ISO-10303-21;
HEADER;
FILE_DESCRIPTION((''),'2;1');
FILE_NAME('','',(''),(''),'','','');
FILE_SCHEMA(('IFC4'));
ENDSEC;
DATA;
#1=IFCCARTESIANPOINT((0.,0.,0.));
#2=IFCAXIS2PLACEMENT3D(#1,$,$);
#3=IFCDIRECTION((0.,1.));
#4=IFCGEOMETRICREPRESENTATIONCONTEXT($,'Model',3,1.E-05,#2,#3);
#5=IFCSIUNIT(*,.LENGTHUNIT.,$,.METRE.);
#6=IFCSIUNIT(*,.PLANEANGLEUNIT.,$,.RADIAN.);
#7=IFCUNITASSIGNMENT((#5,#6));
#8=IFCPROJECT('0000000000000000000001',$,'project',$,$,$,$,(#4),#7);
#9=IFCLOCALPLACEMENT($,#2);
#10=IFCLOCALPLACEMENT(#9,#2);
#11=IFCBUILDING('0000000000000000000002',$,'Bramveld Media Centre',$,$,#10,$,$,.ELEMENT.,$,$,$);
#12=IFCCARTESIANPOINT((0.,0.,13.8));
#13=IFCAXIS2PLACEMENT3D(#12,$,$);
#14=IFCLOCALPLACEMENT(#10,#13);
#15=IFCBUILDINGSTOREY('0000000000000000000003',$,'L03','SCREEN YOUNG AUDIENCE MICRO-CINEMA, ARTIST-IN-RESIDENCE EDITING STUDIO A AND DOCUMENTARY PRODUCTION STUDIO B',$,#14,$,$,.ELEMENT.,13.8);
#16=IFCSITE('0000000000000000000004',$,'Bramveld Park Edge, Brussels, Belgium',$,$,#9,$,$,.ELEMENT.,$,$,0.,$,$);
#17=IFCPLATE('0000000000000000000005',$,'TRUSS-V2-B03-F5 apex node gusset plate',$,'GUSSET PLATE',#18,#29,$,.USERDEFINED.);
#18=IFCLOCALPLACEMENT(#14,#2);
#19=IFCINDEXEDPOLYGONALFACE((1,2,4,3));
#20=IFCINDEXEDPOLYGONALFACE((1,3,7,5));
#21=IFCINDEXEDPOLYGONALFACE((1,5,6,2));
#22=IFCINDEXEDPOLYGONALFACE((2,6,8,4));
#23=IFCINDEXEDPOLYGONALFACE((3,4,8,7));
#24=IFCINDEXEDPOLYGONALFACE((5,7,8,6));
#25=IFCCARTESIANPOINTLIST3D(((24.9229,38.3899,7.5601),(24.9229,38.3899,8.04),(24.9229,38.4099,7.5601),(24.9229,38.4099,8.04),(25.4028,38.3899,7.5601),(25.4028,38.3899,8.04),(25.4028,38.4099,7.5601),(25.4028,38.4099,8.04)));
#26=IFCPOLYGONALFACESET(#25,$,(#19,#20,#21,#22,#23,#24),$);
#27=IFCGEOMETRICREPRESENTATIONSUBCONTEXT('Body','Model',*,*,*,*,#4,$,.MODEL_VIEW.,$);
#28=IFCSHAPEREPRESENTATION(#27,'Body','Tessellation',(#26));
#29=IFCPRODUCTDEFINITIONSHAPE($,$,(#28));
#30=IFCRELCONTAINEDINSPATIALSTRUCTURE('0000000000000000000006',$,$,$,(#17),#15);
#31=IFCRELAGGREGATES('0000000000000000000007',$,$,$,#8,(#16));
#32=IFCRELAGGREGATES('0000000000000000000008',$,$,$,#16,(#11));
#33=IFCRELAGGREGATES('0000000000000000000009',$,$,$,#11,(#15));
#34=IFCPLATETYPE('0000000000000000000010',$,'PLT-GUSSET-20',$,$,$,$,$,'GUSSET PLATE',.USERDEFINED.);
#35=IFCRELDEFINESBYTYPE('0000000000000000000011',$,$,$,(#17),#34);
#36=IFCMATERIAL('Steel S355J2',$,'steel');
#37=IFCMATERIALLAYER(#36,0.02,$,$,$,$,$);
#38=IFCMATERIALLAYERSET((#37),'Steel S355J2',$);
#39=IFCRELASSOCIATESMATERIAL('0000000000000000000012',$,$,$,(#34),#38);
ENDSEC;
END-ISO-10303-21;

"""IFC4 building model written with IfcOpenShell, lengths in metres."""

from ifc_helpers import new_model, si_unit, direction, frame, origin, origin_2d, place, context, subcontext, project, spatial, rectangle, extrude, material, layer, layer_set, type_object, element, save


model = new_model("IFC4")

# Units and contexts
model_context = context("Model", 3, precision=1e-05, world=origin(), true_north=direction((0.0, 1.0)))
body_context = subcontext(model_context, "Body", "Model", "MODEL_VIEW")
ifc_project = project(units=[si_unit("LENGTHUNIT", "METRE"), si_unit("PLANEANGLEUNIT", "RADIAN")], contexts=[model_context])

# Site, building, storey
site_placement = place(None, origin())
site = spatial("IfcSite", under=ifc_project, at=site_placement, Name="Bramveld Park Edge, Brussels, Belgium", CompositionType="ELEMENT", RefElevation=0.0)
building_placement = place(site_placement, origin())
building = spatial("IfcBuilding", under=site, at=building_placement, Name="Bramveld Media Centre", CompositionType="ELEMENT")
storey_placement = place(building_placement, frame((0.0, 0.0, 13.8)))
storey = spatial("IfcBuildingStorey", under=building, at=storey_placement, Name="L03", Description="SCREEN YOUNG AUDIENCE MICRO-CINEMA, ARTIST-IN-RESIDENCE EDITING STUDIO A AND DOCUMENTARY PRODUCTION STUDIO B", CompositionType="ELEMENT", Elevation=13.8)

# Plate
ifc_material_1 = material(Name="Steel S355J2", Category="steel")
ifc_layer_1 = layer(ifc_material_1, 0.02)
ifc_layer_set_1 = layer_set([ifc_layer_1], Name="Steel S355J2")
plate_type_1 = type_object("IfcPlateType", Name="PLT-GUSSET-20", ElementType="GUSSET PLATE", PredefinedType="USERDEFINED", material=ifc_layer_set_1)
plate_1_placement = place(storey_placement, frame((25.1628, 38.3999, 7.5601), z_axis=(0.0, 0.0, 1.0), x_axis=(1.0, 0.0, 0.0)))
element("IfcPlate", 1, at=plate_1_placement, inside=storey, type_object=plate_type_1, Name="TRUSS-V2-B03-F5 apex node gusset plate", ObjectType="GUSSET PLATE", PredefinedType="USERDEFINED", context=body_context, shape_type="SweptSolid", body=[
    extrude(rectangle(XDim=0.48, YDim=0.02, at=origin_2d()), origin(), (0.0, 0.0, 1.0), 0.48),
])

save(model, "model.ifc")
